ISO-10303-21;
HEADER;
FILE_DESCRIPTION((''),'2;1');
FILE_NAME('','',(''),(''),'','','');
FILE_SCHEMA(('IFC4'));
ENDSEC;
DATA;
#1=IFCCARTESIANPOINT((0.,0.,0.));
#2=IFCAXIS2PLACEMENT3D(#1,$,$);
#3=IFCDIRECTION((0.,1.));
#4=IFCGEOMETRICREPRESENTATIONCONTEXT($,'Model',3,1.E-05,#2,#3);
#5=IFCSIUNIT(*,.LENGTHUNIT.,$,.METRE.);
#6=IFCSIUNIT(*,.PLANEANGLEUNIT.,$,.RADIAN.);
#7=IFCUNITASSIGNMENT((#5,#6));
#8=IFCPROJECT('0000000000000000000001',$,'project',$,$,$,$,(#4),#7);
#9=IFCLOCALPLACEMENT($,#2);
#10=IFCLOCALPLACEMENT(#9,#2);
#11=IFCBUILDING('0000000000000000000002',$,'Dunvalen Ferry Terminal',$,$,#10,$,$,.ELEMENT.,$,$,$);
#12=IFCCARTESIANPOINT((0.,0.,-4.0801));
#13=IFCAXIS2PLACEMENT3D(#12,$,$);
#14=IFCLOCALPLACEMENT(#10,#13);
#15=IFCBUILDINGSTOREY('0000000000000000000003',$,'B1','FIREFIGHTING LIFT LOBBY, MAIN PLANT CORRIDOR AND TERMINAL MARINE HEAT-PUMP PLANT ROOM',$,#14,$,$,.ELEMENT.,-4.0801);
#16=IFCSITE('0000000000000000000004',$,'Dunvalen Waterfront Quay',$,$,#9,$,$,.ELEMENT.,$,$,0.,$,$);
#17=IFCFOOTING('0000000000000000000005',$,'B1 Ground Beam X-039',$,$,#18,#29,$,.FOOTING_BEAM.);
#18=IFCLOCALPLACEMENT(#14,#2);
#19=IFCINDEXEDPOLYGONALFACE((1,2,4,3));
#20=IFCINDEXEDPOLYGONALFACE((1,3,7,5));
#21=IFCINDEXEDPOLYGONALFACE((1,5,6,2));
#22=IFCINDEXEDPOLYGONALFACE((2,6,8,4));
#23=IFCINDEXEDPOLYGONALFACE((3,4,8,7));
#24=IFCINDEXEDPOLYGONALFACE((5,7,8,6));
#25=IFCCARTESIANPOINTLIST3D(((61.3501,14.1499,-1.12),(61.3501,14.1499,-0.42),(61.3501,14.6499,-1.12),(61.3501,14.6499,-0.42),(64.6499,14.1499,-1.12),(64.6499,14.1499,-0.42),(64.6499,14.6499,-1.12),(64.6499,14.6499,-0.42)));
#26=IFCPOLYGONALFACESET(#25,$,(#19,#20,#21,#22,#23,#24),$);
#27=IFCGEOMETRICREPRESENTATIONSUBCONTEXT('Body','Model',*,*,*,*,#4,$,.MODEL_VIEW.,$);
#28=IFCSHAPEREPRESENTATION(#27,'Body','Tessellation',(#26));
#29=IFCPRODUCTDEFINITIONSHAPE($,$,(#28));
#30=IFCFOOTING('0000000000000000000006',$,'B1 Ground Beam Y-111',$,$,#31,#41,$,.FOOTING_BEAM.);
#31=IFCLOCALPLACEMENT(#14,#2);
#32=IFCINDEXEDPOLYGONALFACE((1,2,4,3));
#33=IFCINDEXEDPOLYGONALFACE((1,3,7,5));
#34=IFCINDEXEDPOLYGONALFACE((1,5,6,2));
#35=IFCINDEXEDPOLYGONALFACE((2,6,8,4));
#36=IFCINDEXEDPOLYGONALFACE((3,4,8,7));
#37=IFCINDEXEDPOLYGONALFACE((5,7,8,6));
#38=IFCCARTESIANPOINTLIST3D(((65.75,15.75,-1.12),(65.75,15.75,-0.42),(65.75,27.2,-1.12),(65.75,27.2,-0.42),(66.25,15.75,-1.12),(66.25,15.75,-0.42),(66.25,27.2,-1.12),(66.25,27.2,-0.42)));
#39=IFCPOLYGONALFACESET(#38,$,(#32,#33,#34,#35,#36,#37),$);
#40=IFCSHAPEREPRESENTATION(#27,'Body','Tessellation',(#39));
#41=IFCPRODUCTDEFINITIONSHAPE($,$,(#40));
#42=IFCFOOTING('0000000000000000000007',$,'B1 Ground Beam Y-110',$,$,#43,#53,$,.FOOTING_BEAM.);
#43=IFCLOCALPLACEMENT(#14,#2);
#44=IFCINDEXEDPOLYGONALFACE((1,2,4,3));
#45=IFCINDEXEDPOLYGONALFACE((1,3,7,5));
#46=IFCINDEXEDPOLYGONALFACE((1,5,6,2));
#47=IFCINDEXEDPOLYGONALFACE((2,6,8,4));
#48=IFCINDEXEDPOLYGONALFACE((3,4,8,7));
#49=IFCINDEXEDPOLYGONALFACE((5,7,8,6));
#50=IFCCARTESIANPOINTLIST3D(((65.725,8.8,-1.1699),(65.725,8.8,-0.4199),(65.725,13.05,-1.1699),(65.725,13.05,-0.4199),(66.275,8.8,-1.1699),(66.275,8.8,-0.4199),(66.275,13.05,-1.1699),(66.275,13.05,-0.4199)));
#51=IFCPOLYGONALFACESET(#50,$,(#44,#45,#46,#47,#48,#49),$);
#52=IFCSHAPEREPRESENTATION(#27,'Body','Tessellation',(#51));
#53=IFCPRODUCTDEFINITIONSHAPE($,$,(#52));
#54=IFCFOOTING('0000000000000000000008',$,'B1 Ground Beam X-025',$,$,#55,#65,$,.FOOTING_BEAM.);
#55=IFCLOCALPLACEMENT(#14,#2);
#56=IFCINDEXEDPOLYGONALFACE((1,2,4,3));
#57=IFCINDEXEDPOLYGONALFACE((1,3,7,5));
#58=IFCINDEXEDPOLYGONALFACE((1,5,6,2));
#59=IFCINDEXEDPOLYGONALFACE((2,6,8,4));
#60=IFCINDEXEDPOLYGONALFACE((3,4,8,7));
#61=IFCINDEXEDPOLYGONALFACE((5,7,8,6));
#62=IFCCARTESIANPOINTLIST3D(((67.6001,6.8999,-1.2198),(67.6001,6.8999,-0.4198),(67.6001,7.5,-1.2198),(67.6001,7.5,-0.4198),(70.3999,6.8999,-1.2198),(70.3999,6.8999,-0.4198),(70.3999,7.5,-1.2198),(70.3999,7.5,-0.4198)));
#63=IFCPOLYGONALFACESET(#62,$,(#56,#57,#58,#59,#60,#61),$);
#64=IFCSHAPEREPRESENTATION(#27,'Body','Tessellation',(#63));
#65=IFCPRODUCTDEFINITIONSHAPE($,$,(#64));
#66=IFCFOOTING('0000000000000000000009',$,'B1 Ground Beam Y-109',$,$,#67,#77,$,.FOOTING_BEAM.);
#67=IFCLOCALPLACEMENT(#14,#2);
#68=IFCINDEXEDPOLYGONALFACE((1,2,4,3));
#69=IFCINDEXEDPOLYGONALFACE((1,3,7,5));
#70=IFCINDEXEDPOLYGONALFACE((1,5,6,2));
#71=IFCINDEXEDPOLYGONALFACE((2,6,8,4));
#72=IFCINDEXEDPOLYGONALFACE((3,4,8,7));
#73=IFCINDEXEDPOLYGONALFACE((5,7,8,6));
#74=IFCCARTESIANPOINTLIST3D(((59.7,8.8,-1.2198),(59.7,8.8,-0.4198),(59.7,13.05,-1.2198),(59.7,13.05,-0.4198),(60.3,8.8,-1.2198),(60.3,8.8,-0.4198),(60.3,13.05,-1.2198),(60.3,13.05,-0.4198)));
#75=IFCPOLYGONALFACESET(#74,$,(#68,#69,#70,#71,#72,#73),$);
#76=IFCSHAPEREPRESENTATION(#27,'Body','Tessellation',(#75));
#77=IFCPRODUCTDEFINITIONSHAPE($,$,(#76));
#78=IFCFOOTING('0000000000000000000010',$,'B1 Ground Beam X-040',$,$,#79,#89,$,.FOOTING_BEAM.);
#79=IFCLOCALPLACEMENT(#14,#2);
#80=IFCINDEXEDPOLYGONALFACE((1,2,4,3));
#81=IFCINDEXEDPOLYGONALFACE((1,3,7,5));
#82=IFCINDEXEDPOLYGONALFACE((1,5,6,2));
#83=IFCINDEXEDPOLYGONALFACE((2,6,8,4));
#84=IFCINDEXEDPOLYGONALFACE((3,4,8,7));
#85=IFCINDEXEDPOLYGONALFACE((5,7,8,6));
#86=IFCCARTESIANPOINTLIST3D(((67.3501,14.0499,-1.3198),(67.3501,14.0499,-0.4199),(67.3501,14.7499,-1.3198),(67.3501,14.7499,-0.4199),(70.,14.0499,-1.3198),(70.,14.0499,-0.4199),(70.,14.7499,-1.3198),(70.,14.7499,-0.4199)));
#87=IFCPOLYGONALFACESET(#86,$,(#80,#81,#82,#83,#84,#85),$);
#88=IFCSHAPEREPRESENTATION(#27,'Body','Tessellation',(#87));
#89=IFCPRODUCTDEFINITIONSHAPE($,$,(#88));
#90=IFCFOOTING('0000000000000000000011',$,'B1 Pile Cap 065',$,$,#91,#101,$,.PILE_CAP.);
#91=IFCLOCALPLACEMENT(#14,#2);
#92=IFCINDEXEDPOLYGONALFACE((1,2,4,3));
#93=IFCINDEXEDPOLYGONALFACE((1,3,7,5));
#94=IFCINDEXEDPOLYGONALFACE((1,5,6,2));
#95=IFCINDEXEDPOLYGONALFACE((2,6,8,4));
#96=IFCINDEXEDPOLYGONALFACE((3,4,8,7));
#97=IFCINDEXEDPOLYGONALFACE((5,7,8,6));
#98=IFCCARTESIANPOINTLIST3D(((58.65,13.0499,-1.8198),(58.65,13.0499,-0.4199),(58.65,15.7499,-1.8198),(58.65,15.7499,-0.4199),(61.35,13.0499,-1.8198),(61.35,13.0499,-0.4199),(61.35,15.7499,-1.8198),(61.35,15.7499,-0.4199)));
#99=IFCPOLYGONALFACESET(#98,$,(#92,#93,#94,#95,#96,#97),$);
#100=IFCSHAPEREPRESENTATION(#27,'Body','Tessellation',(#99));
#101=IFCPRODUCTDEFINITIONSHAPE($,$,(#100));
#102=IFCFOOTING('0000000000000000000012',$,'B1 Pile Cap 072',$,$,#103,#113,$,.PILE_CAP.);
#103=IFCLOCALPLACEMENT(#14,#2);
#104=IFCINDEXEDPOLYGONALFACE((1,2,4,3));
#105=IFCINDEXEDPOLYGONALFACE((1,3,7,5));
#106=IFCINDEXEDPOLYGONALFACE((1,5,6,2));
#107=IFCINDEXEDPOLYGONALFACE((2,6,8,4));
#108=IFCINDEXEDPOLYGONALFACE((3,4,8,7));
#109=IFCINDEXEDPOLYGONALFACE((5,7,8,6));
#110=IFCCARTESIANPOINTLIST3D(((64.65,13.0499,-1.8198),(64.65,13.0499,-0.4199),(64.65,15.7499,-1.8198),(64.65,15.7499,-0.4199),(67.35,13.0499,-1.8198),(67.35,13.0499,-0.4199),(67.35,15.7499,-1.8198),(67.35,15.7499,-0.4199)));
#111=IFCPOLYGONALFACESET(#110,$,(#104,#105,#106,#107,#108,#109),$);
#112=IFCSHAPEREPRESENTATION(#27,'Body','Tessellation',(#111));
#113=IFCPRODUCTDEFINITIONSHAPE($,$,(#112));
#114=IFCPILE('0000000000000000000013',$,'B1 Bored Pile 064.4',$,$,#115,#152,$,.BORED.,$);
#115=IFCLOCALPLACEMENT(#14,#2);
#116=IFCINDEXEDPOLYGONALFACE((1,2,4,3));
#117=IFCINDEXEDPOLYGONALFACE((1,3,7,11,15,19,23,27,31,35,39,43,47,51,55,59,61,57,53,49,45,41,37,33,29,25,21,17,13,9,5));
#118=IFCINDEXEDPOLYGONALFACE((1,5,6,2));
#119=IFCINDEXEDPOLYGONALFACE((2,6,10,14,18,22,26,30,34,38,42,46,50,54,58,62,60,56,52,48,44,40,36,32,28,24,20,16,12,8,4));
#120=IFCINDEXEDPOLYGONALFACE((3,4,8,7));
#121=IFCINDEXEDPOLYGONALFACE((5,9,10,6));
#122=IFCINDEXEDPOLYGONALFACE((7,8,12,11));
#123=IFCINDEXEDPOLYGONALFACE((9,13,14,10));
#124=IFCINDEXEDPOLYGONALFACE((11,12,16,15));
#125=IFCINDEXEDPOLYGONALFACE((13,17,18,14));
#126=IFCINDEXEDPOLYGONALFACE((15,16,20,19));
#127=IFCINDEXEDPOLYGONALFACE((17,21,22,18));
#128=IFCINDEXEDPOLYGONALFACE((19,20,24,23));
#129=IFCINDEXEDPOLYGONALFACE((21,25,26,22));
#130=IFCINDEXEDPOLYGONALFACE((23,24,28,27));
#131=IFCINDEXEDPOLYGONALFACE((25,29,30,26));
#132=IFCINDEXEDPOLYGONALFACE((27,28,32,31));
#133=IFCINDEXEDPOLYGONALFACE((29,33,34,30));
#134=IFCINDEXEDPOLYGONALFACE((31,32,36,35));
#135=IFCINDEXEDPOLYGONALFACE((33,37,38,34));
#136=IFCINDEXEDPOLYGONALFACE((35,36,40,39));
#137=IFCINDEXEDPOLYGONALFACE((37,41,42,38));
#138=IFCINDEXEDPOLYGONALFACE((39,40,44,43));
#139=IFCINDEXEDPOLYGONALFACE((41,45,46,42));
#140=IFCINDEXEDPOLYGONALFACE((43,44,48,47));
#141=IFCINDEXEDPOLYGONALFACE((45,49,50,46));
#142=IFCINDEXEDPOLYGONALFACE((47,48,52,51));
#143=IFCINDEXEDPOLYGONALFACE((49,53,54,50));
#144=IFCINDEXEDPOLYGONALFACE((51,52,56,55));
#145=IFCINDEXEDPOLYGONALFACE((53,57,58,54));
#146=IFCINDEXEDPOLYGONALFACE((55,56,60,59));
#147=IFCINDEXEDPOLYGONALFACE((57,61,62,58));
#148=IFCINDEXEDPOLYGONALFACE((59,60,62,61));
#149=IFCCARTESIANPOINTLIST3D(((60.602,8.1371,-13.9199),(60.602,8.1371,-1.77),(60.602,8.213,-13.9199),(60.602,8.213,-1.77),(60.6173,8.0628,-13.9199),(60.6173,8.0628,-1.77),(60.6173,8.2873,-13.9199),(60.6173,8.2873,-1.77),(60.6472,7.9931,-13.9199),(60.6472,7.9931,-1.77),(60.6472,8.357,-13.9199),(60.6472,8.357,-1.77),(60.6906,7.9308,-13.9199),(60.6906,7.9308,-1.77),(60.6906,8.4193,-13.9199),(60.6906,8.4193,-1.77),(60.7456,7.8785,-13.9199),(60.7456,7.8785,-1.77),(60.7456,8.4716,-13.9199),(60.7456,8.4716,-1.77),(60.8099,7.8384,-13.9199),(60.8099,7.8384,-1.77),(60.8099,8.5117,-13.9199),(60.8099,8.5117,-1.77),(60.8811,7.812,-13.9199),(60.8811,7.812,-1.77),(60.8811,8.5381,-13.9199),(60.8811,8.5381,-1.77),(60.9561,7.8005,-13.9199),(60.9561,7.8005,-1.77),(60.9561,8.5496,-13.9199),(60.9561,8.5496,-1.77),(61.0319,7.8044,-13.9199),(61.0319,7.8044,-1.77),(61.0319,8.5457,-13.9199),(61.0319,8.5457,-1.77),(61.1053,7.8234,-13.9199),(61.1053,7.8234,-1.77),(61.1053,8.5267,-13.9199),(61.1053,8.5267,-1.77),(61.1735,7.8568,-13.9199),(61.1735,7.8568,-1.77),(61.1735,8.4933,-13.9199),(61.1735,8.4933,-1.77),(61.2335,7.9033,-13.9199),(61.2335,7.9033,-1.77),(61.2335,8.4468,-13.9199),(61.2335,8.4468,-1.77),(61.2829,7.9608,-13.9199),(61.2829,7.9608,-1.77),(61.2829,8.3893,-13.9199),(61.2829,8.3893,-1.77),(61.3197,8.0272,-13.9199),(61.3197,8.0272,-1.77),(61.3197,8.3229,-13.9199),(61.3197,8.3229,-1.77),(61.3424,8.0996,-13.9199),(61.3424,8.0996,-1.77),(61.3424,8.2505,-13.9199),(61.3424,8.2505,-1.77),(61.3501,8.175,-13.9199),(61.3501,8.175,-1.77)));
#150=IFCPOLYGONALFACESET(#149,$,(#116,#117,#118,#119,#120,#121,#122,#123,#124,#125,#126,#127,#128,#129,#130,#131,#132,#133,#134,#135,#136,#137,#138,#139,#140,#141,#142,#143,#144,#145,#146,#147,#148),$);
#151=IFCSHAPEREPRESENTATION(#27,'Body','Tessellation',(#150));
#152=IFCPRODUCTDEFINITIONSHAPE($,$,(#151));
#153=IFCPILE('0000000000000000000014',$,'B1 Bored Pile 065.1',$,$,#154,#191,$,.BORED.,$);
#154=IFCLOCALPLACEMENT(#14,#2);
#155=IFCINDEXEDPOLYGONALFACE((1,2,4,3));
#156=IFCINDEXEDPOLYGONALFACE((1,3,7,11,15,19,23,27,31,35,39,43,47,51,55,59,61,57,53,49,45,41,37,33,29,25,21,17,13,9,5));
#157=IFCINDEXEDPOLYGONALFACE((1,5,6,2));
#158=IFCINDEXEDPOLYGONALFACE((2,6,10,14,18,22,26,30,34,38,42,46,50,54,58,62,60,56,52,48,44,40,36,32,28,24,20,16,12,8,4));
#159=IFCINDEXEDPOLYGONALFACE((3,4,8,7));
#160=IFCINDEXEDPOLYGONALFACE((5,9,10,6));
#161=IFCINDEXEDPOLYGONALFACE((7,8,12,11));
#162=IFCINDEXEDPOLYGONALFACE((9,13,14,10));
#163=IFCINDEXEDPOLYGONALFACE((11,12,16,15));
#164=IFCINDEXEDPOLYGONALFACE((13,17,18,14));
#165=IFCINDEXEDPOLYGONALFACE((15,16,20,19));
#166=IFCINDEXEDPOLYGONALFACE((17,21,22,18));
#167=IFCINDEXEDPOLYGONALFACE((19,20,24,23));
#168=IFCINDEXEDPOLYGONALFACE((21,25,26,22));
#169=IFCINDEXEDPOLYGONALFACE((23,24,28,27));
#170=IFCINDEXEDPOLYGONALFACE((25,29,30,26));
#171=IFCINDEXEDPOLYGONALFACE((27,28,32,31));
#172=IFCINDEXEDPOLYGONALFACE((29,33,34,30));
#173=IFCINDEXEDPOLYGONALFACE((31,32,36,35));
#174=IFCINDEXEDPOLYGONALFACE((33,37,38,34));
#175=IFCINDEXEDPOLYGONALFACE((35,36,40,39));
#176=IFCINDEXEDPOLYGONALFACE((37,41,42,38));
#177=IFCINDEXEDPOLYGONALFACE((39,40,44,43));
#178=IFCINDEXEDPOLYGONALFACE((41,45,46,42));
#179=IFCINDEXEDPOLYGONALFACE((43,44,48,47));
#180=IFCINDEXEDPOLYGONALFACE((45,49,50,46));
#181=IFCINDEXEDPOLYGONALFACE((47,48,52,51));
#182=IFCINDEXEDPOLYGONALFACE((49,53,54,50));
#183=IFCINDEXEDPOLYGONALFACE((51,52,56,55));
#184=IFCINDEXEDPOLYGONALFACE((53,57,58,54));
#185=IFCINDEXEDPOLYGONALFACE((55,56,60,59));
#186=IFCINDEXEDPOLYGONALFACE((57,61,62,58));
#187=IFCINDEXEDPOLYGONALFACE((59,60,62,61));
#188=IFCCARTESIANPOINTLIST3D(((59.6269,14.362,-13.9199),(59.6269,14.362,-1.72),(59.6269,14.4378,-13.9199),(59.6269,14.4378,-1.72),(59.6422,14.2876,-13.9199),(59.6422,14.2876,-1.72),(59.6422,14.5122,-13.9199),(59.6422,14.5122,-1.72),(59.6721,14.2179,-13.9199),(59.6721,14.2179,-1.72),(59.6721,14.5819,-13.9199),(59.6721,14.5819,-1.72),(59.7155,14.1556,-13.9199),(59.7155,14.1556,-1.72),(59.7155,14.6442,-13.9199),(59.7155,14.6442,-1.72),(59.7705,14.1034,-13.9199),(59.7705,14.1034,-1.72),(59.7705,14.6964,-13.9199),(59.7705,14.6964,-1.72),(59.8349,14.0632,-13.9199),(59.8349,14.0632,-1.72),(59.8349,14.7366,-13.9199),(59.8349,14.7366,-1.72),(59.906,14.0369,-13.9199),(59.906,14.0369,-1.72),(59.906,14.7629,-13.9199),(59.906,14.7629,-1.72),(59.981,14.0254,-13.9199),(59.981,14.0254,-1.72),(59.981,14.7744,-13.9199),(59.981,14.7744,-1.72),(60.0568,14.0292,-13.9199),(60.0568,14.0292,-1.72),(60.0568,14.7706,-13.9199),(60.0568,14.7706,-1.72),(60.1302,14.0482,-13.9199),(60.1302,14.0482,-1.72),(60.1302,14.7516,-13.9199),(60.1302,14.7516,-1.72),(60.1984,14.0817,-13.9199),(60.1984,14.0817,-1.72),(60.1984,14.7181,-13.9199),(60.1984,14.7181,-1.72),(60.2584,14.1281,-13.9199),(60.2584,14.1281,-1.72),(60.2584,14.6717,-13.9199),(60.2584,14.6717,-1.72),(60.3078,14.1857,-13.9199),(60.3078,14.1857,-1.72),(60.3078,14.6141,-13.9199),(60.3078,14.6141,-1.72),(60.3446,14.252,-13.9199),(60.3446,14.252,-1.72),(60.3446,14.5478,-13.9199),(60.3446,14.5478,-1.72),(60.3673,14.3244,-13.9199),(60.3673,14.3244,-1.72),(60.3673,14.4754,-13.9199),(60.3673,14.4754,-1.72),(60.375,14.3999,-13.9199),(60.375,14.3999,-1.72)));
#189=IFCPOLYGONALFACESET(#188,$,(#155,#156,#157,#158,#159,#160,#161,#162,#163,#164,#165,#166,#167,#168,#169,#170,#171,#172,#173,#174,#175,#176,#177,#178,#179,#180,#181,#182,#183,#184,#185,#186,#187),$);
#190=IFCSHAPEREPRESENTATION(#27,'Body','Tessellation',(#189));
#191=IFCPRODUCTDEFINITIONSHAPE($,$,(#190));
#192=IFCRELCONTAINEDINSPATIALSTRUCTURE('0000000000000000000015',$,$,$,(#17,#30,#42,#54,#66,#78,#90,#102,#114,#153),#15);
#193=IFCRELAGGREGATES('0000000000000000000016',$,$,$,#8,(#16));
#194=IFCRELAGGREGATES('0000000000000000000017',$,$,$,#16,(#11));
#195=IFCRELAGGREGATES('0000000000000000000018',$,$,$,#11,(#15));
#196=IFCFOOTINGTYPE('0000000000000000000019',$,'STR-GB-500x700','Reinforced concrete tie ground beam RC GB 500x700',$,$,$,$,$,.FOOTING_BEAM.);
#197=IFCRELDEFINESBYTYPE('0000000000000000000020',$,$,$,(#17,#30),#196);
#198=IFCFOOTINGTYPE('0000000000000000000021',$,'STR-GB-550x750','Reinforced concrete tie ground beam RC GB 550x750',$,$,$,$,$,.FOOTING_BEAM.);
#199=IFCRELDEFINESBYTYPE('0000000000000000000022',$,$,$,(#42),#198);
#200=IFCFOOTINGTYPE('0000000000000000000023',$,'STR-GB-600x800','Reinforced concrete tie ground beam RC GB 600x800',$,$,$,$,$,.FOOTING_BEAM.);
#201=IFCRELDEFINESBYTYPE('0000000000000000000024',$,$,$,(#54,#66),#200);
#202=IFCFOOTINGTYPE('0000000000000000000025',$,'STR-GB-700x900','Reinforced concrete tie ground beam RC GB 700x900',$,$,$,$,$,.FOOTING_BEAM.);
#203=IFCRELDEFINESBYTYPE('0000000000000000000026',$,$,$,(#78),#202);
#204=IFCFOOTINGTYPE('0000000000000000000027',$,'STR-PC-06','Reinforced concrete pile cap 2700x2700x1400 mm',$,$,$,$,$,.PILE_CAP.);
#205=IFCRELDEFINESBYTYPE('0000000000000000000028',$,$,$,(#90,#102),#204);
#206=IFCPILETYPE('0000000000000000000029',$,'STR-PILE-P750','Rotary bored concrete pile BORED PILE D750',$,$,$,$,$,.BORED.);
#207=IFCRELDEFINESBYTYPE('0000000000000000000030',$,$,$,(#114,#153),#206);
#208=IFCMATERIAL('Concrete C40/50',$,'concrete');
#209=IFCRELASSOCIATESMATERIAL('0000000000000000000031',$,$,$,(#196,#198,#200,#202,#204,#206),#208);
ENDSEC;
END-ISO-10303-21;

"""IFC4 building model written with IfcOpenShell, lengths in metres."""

from ifc_helpers import new_model, si_unit, direction, frame, origin, origin_2d, place, context, subcontext, project, spatial, rectangle, circle, extrude, material, material_profile, profile_set, type_object, element, save


model = new_model("IFC4")

# Units and contexts
model_context = context("Model", 3, precision=1e-05, world=origin(), true_north=direction((0.0, 1.0)))
body_context = subcontext(model_context, "Body", "Model", "MODEL_VIEW")
ifc_project = project(units=[si_unit("LENGTHUNIT", "METRE"), si_unit("PLANEANGLEUNIT", "RADIAN")], contexts=[model_context])

# Site, building, storey
site_placement = place(None, origin())
site = spatial("IfcSite", under=ifc_project, at=site_placement, Name="Dunvalen Waterfront Quay", CompositionType="ELEMENT", RefElevation=0.0)
building_placement = place(site_placement, origin())
building = spatial("IfcBuilding", under=site, at=building_placement, Name="Dunvalen Ferry Terminal", CompositionType="ELEMENT")
storey_placement = place(building_placement, frame((0.0, 0.0, -4.0801)))
storey = spatial("IfcBuildingStorey", under=building, at=storey_placement, Name="B1", Description="FIREFIGHTING LIFT LOBBY, MAIN PLANT CORRIDOR AND TERMINAL MARINE HEAT-PUMP PLANT ROOM", CompositionType="ELEMENT", Elevation=-4.0801)

# Footings
ifc_material_1 = material(Name="Concrete C40/50", Category="concrete")
ifc_material_profile_1 = material_profile(ifc_material_1, rectangle(XDim=0.5, YDim=0.7, at=origin_2d()), Name="Concrete C40/50")
ifc_profile_set_1 = profile_set([ifc_material_profile_1], Name="Concrete C40/50")
footing_type_1 = type_object("IfcFootingType", Name="STR-GB-500x700", Description="Reinforced concrete tie ground beam RC GB 500x700", PredefinedType="FOOTING_BEAM", material=ifc_profile_set_1)
footing_1_placement = place(storey_placement, frame((61.3501, 14.3999, -0.77), z_axis=(1.0, 0.0, 0.0), x_axis=(0.0, 1.0, 0.0)))
element("IfcFooting", 1, at=footing_1_placement, inside=storey, type_object=footing_type_1, Name="B1 Ground Beam X-039", PredefinedType="FOOTING_BEAM", context=body_context, shape_type="SweptSolid", body=[
    extrude(rectangle(XDim=0.5, YDim=0.7, at=origin_2d()), origin(), (0.0, 0.0, 1.0), 3.2998),
])
footing_2_placement = place(storey_placement, frame((66.0, 15.75, -0.77), z_axis=(0.0, 1.0, 0.0), x_axis=(-1.0, 0.0, 0.0)))
element("IfcFooting", 2, at=footing_2_placement, inside=storey, type_object=footing_type_1, Name="B1 Ground Beam Y-111", PredefinedType="FOOTING_BEAM", context=body_context, shape_type="SweptSolid", body=[
    extrude(rectangle(XDim=0.5, YDim=0.7, at=origin_2d()), origin(), (0.0, 0.0, 1.0), 11.45),
])
ifc_material_profile_2 = material_profile(ifc_material_1, rectangle(XDim=0.55, YDim=0.75, at=origin_2d()), Name="Concrete C40/50")
ifc_profile_set_2 = profile_set([ifc_material_profile_2], Name="Concrete C40/50")
footing_type_2 = type_object("IfcFootingType", Name="STR-GB-550x750", Description="Reinforced concrete tie ground beam RC GB 550x750", PredefinedType="FOOTING_BEAM", material=ifc_profile_set_2)
footing_3_placement = place(storey_placement, frame((66.0, 8.8, -0.7949), z_axis=(0.0, 1.0, 0.0), x_axis=(-1.0, 0.0, 0.0)))
element("IfcFooting", 3, at=footing_3_placement, inside=storey, type_object=footing_type_2, Name="B1 Ground Beam Y-110", PredefinedType="FOOTING_BEAM", context=body_context, shape_type="SweptSolid", body=[
    extrude(rectangle(XDim=0.55, YDim=0.75, at=origin_2d()), origin(), (0.0, 0.0, 1.0), 4.25),
])
ifc_material_profile_3 = material_profile(ifc_material_1, rectangle(XDim=0.6001, YDim=0.8, at=origin_2d()), Name="Concrete C40/50")
ifc_profile_set_3 = profile_set([ifc_material_profile_3], Name="Concrete C40/50")
footing_type_3 = type_object("IfcFootingType", Name="STR-GB-600x800", Description="Reinforced concrete tie ground beam RC GB 600x800", PredefinedType="FOOTING_BEAM", material=ifc_profile_set_3)
footing_4_placement = place(storey_placement, frame((67.6001, 7.2, -0.8198), z_axis=(1.0, 0.0, 0.0), x_axis=(0.0, 1.0, 0.0)))
element("IfcFooting", 4, at=footing_4_placement, inside=storey, type_object=footing_type_3, Name="B1 Ground Beam X-025", PredefinedType="FOOTING_BEAM", context=body_context, shape_type="SweptSolid", body=[
    extrude(rectangle(XDim=0.6001, YDim=0.8, at=origin_2d()), origin(), (0.0, 0.0, 1.0), 2.7998),
])
footing_5_placement = place(storey_placement, frame((60.0, 8.8, -0.8198), z_axis=(0.0, 1.0, 0.0), x_axis=(-1.0, 0.0, 0.0)))
element("IfcFooting", 5, at=footing_5_placement, inside=storey, type_object=footing_type_3, Name="B1 Ground Beam Y-109", PredefinedType="FOOTING_BEAM", context=body_context, shape_type="SweptSolid", body=[
    extrude(rectangle(XDim=0.6001, YDim=0.8, at=origin_2d()), origin(), (0.0, 0.0, 1.0), 4.25),
])
ifc_material_profile_4 = material_profile(ifc_material_1, rectangle(XDim=0.7, YDim=0.8999, at=origin_2d()), Name="Concrete C40/50")
ifc_profile_set_4 = profile_set([ifc_material_profile_4], Name="Concrete C40/50")
footing_type_4 = type_object("IfcFootingType", Name="STR-GB-700x900", Description="Reinforced concrete tie ground beam RC GB 700x900", PredefinedType="FOOTING_BEAM", material=ifc_profile_set_4)
footing_6_placement = place(storey_placement, frame((67.3501, 14.3999, -0.8699), z_axis=(1.0, 0.0, 0.0), x_axis=(0.0, 1.0, 0.0)))
element("IfcFooting", 6, at=footing_6_placement, inside=storey, type_object=footing_type_4, Name="B1 Ground Beam X-040", PredefinedType="FOOTING_BEAM", context=body_context, shape_type="SweptSolid", body=[
    extrude(rectangle(XDim=0.7, YDim=0.8999, at=origin_2d()), origin(), (0.0, 0.0, 1.0), 2.6499),
])
footing_type_5 = type_object("IfcFootingType", Name="STR-PC-06", Description="Reinforced concrete pile cap 2700x2700x1400 mm", PredefinedType="PILE_CAP", material=ifc_material_1)
for number, where, z_axis, x_axis, name in (
    (7, (60.0, 14.3999, -1.8198), (0.0, 0.0, 1.0), (1.0, 0.0, 0.0), "B1 Pile Cap 065"),
    (8, (66.0, 14.3999, -1.8198), (0.0, 0.0, 1.0), (1.0, 0.0, 0.0), "B1 Pile Cap 072"),
):
    element("IfcFooting", number, at=place(storey_placement, frame(where, z_axis=z_axis, x_axis=x_axis)), inside=storey, type_object=footing_type_5, Name=name, PredefinedType="PILE_CAP", context=body_context, shape_type="SweptSolid", body=[
        extrude(rectangle(XDim=2.7, YDim=2.7, at=origin_2d()), origin(), (0.0, 0.0, 1.0), 1.3999),
    ])

# Piles
ifc_material_profile_5 = material_profile(ifc_material_1, circle(Radius=0.375, at=origin_2d()), Name="Concrete C40/50")
ifc_profile_set_5 = profile_set([ifc_material_profile_5], Name="Concrete C40/50")
pile_type = type_object("IfcPileType", Name="STR-PILE-P750", Description="Rotary bored concrete pile BORED PILE D750", PredefinedType="BORED", material=ifc_profile_set_5)
pile_1_placement = place(storey_placement, frame((60.9751, 8.175, -1.77), z_axis=(0.0, 0.0, -1.0), x_axis=(1.0, 0.0, 0.0)))
element("IfcPile", 9, at=pile_1_placement, inside=storey, type_object=pile_type, Name="B1 Bored Pile 064.4", PredefinedType="BORED", context=body_context, shape_type="SweptSolid", body=[
    extrude(circle(Radius=0.375, at=origin_2d()), origin(), (0.0, 0.0, 1.0), 12.1499),
])
pile_2_placement = place(storey_placement, frame((60.0, 14.3999, -1.72), z_axis=(0.0, 0.0, -1.0), x_axis=(1.0, 0.0, 0.0)))
element("IfcPile", 10, at=pile_2_placement, inside=storey, type_object=pile_type, Name="B1 Bored Pile 065.1", PredefinedType="BORED", context=body_context, shape_type="SweptSolid", body=[
    extrude(circle(Radius=0.375, at=origin_2d()), origin(), (0.0, 0.0, 1.0), 12.2),
])

save(model, "model.ifc")
